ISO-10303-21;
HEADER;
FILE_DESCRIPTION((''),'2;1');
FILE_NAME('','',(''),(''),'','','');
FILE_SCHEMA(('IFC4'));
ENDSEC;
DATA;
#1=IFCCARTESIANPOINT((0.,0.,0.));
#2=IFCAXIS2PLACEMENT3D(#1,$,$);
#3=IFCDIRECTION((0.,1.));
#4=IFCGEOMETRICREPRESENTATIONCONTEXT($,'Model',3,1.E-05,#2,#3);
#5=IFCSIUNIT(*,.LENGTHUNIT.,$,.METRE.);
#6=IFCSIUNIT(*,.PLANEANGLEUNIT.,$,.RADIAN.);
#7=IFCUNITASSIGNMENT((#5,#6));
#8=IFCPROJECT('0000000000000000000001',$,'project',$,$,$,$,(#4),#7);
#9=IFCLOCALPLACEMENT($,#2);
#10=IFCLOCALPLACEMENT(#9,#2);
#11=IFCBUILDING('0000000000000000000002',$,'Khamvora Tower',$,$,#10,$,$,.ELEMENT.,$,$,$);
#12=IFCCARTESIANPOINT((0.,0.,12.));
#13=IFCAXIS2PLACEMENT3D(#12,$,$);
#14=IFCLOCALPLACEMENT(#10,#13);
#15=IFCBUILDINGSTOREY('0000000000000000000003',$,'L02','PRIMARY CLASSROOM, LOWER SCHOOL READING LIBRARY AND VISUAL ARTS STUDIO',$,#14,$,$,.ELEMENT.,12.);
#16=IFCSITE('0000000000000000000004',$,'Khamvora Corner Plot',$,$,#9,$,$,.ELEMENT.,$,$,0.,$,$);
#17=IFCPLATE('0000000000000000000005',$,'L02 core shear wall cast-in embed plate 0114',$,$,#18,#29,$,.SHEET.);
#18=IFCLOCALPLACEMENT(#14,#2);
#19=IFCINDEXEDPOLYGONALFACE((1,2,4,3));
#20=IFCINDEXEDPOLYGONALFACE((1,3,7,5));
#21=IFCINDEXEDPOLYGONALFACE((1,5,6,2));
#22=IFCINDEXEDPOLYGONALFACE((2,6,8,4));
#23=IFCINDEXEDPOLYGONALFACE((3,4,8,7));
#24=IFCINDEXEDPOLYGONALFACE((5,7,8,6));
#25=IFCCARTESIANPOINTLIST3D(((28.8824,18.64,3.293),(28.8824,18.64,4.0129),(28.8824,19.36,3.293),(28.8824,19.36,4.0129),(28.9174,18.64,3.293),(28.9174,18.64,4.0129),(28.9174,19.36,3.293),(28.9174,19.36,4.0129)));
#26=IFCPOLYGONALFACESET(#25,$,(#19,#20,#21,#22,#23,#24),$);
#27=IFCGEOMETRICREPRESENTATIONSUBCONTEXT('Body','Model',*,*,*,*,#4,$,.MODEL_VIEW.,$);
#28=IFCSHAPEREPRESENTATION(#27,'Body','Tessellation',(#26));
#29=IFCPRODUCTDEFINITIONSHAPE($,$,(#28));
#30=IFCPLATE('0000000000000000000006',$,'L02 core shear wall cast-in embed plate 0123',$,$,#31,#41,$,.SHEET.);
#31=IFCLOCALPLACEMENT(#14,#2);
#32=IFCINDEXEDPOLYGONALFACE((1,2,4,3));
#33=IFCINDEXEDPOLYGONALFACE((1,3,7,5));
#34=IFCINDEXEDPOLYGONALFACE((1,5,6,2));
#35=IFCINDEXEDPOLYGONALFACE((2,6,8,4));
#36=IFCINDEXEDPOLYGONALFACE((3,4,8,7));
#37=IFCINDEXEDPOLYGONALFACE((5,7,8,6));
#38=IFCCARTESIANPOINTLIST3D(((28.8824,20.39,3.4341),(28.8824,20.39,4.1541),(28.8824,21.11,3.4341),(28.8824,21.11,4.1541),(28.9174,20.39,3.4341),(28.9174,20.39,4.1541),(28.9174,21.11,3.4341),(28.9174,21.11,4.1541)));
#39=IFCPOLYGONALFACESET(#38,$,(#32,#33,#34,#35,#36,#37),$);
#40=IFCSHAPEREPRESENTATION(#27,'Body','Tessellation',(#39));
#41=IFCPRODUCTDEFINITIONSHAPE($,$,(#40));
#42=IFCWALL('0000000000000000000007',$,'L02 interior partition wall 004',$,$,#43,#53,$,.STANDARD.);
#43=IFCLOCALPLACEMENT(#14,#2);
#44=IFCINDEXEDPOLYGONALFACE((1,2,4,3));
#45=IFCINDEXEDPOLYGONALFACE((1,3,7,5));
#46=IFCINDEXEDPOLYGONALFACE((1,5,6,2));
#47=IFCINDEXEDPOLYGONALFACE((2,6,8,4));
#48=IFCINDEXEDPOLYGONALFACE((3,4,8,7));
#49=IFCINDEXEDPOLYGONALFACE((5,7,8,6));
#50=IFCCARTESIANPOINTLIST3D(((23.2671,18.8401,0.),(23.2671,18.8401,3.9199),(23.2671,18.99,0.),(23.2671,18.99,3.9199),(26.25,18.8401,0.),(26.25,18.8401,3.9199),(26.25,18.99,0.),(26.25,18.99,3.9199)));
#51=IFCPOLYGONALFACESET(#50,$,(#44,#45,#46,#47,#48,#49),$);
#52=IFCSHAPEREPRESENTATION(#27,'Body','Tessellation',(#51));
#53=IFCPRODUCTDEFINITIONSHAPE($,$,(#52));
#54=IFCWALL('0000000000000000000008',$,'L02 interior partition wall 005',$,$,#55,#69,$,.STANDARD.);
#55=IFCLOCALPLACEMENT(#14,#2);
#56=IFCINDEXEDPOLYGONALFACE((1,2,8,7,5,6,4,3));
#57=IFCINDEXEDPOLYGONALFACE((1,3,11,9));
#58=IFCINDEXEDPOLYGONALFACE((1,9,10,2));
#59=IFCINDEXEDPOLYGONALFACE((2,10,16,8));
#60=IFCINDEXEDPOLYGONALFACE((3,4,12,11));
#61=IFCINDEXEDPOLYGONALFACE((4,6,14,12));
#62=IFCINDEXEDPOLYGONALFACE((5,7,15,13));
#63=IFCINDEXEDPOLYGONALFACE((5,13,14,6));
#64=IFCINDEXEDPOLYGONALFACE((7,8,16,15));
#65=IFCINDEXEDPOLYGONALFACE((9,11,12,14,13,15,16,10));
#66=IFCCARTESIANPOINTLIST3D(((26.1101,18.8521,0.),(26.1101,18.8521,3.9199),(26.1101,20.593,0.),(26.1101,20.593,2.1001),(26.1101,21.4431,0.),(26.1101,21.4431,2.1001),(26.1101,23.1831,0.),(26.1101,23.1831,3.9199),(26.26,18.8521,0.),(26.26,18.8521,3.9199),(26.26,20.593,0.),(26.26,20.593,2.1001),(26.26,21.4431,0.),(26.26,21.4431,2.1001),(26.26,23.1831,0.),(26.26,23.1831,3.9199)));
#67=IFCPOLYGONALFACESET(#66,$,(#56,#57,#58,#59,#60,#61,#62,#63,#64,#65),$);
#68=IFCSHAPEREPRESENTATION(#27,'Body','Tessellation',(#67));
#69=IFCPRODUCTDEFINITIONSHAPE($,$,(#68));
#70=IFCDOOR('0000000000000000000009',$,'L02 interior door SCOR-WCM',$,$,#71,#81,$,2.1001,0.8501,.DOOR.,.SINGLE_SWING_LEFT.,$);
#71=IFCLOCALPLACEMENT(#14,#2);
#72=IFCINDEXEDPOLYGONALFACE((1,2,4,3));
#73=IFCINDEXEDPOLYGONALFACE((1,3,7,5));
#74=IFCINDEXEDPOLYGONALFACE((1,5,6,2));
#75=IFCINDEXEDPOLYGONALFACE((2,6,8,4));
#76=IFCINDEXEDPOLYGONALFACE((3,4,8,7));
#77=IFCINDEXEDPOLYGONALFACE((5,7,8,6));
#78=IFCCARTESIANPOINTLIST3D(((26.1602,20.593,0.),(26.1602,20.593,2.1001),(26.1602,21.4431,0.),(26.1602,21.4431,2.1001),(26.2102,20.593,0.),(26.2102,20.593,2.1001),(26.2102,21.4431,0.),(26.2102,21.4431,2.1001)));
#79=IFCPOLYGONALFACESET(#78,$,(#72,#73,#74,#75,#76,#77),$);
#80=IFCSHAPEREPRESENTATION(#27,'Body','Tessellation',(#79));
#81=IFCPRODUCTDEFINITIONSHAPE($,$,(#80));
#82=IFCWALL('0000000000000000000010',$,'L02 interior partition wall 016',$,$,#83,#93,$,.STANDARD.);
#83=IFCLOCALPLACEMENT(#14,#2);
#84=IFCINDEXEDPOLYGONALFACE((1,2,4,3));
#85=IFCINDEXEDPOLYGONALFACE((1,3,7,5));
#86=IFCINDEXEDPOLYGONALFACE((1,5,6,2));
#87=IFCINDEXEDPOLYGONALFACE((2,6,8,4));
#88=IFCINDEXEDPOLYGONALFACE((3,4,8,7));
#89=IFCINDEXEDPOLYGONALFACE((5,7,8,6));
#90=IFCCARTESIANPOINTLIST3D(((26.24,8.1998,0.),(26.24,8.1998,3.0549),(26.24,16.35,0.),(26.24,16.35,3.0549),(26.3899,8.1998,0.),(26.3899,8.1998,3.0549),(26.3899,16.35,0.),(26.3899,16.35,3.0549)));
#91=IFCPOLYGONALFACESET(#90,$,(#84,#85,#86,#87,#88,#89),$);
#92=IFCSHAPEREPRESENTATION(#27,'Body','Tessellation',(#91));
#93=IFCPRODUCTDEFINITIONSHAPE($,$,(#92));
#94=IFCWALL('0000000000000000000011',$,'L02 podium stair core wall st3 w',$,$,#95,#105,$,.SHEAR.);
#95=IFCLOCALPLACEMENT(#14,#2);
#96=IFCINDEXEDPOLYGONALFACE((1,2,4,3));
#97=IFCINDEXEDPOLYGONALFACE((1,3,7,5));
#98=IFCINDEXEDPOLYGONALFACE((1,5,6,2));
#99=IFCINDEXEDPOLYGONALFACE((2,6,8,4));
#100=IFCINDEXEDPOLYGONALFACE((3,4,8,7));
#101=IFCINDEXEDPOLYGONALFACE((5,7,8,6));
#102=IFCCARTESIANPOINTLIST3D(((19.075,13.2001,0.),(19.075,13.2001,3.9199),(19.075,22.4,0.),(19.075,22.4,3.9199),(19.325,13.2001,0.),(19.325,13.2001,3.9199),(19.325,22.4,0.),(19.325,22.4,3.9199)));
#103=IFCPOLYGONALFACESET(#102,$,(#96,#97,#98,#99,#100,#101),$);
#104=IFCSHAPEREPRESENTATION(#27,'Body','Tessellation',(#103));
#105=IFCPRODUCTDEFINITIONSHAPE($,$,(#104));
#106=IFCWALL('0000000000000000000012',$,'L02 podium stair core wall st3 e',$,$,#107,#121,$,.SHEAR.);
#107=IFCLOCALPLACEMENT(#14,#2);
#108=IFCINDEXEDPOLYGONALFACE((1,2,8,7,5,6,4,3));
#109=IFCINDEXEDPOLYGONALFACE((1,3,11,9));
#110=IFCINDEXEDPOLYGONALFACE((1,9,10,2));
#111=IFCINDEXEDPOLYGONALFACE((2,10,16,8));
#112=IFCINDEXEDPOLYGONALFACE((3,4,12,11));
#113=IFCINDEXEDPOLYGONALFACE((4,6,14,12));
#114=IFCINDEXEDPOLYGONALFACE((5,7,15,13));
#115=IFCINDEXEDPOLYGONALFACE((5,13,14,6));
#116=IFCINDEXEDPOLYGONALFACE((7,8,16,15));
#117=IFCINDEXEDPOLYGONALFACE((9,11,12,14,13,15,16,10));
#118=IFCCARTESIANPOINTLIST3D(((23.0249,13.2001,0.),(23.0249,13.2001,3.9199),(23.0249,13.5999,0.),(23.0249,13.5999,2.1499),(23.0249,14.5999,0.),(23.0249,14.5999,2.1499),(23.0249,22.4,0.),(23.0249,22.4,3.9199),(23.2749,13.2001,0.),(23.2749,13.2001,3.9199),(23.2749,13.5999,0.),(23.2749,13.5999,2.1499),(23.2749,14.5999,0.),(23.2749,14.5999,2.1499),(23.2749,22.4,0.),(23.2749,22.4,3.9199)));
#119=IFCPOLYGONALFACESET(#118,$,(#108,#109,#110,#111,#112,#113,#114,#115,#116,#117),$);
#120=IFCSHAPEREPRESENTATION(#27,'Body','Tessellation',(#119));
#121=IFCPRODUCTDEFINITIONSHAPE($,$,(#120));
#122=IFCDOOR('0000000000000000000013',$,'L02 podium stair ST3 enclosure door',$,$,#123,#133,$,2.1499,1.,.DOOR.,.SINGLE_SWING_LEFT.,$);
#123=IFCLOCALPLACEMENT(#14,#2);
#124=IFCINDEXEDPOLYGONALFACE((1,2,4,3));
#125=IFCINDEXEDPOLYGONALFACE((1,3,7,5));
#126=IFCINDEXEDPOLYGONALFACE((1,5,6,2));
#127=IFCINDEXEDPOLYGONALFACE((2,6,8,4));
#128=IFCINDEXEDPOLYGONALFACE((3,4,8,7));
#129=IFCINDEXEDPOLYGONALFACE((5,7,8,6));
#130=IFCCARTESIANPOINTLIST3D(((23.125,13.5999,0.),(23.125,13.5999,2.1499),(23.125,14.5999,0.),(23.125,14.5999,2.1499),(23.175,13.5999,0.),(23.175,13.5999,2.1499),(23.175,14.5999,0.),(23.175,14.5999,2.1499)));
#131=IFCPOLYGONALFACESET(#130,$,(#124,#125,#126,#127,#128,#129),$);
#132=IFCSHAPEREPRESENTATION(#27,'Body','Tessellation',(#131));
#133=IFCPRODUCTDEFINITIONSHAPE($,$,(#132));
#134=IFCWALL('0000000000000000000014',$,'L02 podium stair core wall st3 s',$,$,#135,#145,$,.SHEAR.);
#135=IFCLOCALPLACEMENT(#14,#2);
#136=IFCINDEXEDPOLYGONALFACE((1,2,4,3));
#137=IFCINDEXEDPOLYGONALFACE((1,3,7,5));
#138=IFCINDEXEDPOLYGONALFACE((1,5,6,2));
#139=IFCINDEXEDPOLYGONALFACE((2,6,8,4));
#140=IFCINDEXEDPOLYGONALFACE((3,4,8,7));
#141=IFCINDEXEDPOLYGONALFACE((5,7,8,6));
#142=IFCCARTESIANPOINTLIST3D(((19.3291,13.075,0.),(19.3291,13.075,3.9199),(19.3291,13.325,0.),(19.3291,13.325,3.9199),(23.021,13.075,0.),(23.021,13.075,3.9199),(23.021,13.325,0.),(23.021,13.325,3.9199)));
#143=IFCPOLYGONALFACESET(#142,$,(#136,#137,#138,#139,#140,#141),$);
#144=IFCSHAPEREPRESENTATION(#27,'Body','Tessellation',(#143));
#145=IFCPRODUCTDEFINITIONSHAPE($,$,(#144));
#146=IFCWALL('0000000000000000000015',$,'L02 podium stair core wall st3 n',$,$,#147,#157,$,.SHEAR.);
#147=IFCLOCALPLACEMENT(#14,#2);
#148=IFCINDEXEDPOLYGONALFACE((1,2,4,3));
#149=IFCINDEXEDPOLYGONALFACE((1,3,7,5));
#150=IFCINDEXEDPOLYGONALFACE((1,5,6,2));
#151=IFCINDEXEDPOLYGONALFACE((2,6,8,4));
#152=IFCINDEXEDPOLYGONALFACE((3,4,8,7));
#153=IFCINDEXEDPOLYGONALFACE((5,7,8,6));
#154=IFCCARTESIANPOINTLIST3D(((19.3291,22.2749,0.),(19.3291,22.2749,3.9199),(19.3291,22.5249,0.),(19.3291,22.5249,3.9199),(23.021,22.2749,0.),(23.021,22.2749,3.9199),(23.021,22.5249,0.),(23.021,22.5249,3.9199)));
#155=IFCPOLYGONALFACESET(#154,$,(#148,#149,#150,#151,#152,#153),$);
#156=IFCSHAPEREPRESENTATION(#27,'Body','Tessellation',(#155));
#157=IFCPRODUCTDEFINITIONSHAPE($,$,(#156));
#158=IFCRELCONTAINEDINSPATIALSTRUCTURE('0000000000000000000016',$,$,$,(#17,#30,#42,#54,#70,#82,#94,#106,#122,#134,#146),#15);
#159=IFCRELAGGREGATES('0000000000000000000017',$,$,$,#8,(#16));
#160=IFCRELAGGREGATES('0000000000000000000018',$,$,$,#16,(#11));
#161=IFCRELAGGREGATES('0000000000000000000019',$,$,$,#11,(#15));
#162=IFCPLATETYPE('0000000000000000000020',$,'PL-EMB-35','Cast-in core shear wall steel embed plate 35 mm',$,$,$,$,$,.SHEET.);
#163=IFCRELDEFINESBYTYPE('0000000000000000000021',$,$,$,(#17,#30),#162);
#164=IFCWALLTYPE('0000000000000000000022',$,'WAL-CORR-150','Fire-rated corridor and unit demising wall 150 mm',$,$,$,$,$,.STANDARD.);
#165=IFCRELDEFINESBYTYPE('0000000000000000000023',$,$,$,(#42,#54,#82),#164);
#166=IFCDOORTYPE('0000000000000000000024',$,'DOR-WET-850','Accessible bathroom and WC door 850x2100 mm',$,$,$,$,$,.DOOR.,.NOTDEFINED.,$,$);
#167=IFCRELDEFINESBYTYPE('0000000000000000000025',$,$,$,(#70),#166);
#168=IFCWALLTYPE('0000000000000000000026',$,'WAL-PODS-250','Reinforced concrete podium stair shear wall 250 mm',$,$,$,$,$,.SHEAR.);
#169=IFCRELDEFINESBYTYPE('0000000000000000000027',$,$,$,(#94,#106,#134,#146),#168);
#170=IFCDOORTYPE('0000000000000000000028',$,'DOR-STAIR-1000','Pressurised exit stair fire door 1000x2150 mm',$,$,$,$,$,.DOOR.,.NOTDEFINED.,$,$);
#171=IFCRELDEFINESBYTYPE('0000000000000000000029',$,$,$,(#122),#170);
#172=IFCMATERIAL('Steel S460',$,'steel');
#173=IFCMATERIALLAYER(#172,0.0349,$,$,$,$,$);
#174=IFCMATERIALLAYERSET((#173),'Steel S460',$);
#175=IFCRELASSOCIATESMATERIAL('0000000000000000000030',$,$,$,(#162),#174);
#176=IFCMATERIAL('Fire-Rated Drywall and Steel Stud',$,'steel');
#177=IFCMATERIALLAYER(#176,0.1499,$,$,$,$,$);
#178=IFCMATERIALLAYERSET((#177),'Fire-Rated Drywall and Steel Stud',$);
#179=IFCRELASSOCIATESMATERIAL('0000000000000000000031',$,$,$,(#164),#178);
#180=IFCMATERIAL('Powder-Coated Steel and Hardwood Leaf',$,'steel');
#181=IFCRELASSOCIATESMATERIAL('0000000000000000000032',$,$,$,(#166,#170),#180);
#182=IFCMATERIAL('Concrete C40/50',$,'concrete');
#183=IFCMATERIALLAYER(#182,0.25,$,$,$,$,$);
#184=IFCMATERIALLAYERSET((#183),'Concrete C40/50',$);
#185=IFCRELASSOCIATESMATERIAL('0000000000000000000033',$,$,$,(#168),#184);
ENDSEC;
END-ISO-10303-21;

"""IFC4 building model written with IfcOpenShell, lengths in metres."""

from ifc_helpers import new_model, si_unit, direction, frame, frame_2d, origin, origin_2d, place, context, subcontext, project, spatial, rectangle, extrude, material, layer, layer_set, type_object, element, fill, save


model = new_model("IFC4")

# Units and contexts
model_context = context("Model", 3, precision=1e-05, world=origin(), true_north=direction((0.0, 1.0)))
body_context = subcontext(model_context, "Body", "Model", "MODEL_VIEW")
ifc_project = project(units=[si_unit("LENGTHUNIT", "METRE"), si_unit("PLANEANGLEUNIT", "RADIAN")], contexts=[model_context])

# Site, building, storey
site_placement = place(None, origin())
site = spatial("IfcSite", under=ifc_project, at=site_placement, Name="Khamvora Corner Plot", CompositionType="ELEMENT", RefElevation=0.0)
building_placement = place(site_placement, origin())
building = spatial("IfcBuilding", under=site, at=building_placement, Name="Khamvora Tower", CompositionType="ELEMENT")
storey_placement = place(building_placement, frame((0.0, 0.0, 12.0)))
storey = spatial("IfcBuildingStorey", under=building, at=storey_placement, Name="L02", Description="PRIMARY CLASSROOM, LOWER SCHOOL READING LIBRARY AND VISUAL ARTS STUDIO", CompositionType="ELEMENT", Elevation=12.0)

# Shared definitions
ifc_material_1 = material(Name="Steel S460", Category="steel")

# Plates
ifc_layer_1 = layer(ifc_material_1, 0.0349)
ifc_layer_set_1 = layer_set([ifc_layer_1], Name="Steel S460")
plate_type = type_object("IfcPlateType", Name="PL-EMB-35", Description="Cast-in core shear wall steel embed plate 35 mm", PredefinedType="SHEET", material=ifc_layer_set_1)
for number, where, z_axis, x_axis, name in (
    (1, (28.8999, 19.0, 3.293), (0.0, 0.0, 1.0), (1.0, 0.0, 0.0), "L02 core shear wall cast-in embed plate 0114"),
    (2, (28.8999, 20.75, 3.4341), (0.0, 0.0, 1.0), (1.0, 0.0, 0.0), "L02 core shear wall cast-in embed plate 0123"),
):
    element("IfcPlate", number, at=place(storey_placement, frame(where, z_axis=z_axis, x_axis=x_axis)), inside=storey, type_object=plate_type, Name=name, PredefinedType="SHEET", context=body_context, shape_type="SweptSolid", body=[
        extrude(rectangle(XDim=0.0349, YDim=0.72, at=origin_2d()), origin(), (0.0, 0.0, 1.0), 0.72),
    ])

# Wall
ifc_material_2 = material(Name="Fire-Rated Drywall and Steel Stud", Category="steel")
ifc_layer_2 = layer(ifc_material_2, 0.1499)
ifc_layer_set_2 = layer_set([ifc_layer_2], Name="Fire-Rated Drywall and Steel Stud")
wall_type_1 = type_object("IfcWallType", Name="WAL-CORR-150", Description="Fire-rated corridor and unit demising wall 150 mm", PredefinedType="STANDARD", material=ifc_layer_set_2)
wall_1_placement = place(storey_placement, frame((23.2671, 18.915, 0.0), z_axis=(0.0, 0.0, 1.0), x_axis=(1.0, 0.0, 0.0)))
element("IfcWall", 3, at=wall_1_placement, inside=storey, type_object=wall_type_1, Name="L02 interior partition wall 004", PredefinedType="STANDARD", context=body_context, shape_type="SweptSolid", body=[
    extrude(rectangle(XDim=2.9829, YDim=0.1499, at=frame_2d((1.4915, 0.0))), origin(), (0.0, 0.0, 1.0), 3.9199),
])

# Wall, opening, door
wall_2_placement = place(storey_placement, frame((26.1851, 18.8521, 0.0), z_axis=(0.0, 0.0, 1.0), x_axis=(0.0, 1.0, 0.0)))
wall_2 = element("IfcWall", 4, at=wall_2_placement, inside=storey, type_object=wall_type_1, Name="L02 interior partition wall 005", PredefinedType="STANDARD", context=body_context, shape_type="SweptSolid", body=[
    extrude(rectangle(XDim=4.3311, YDim=0.1499, at=frame_2d((2.1655, 0.0))), origin(), (0.0, 0.0, 1.0), 3.9199),
])
opening_1_placement = place(wall_2_placement, frame((1.741, 0.0, 0.0)))
opening_1 = element("IfcOpeningElement", 5, at=opening_1_placement, cuts=wall_2, PredefinedType="OPENING", context=body_context, shape_type="SweptSolid", body=[
    extrude(rectangle(XDim=0.8501, YDim=2.1001, at=frame_2d((0.425, 1.05))), frame((0.0, 0.085, 0.0), z_axis=(0.0, -1.0, 0.0), x_axis=(1.0, 0.0, 0.0)), (0.0, 0.0, 1.0), 0.1699),
])
ifc_material_3 = material(Name="Powder-Coated Steel and Hardwood Leaf", Category="steel")
door_type_1 = type_object("IfcDoorType", Name="DOR-WET-850", Description="Accessible bathroom and WC door 850x2100 mm", OperationType="NOTDEFINED", PredefinedType="DOOR", material=ifc_material_3)
door_1_placement = place(opening_1_placement, origin())
door_1 = element("IfcDoor", 6, at=door_1_placement, inside=storey, type_object=door_type_1, Name="L02 interior door SCOR-WCM", OperationType="SINGLE_SWING_LEFT", OverallHeight=2.1001, OverallWidth=0.8501, PredefinedType="DOOR", context=body_context, shape_type="SweptSolid", body=[
    extrude(rectangle(XDim=0.8501, YDim=2.1001, at=frame_2d((0.425, 1.05))), frame((0.0, 0.0249, 0.0), z_axis=(0.0, -1.0, 0.0), x_axis=(1.0, 0.0, 0.0)), (0.0, 0.0, 1.0), 0.05),
])
fill(opening_1, door_1)

# Walls
wall_3_placement = place(storey_placement, frame((26.3149, 16.3501, 0.0), z_axis=(0.0, 0.0, 1.0), x_axis=(0.0, -1.0, 0.0)))
element("IfcWall", 7, at=wall_3_placement, inside=storey, type_object=wall_type_1, Name="L02 interior partition wall 016", PredefinedType="STANDARD", context=body_context, shape_type="SweptSolid", body=[
    extrude(rectangle(XDim=8.1501, YDim=0.1499, at=frame_2d((4.0752, 0.0))), origin(), (0.0, 0.0, 1.0), 3.0549),
])
ifc_material_4 = material(Name="Concrete C40/50", Category="concrete")
ifc_layer_3 = layer(ifc_material_4, 0.25)
ifc_layer_set_3 = layer_set([ifc_layer_3], Name="Concrete C40/50")
wall_type_2 = type_object("IfcWallType", Name="WAL-PODS-250", Description="Reinforced concrete podium stair shear wall 250 mm", PredefinedType="SHEAR", material=ifc_layer_set_3)
wall_4_placement = place(storey_placement, frame((19.2, 13.2, 0.0), z_axis=(0.0, 0.0, 1.0), x_axis=(0.0, 1.0, 0.0)))
element("IfcWall", 8, at=wall_4_placement, inside=storey, type_object=wall_type_2, Name="L02 podium stair core wall st3 w", PredefinedType="SHEAR", context=body_context, shape_type="SweptSolid", body=[
    extrude(rectangle(XDim=9.2, YDim=0.25, at=frame_2d((4.6001, 0.0))), origin(), (0.0, 0.0, 1.0), 3.9199),
])

# Wall, opening, door
wall_5_placement = place(storey_placement, frame((23.1499, 13.2, 0.0), z_axis=(0.0, 0.0, 1.0), x_axis=(0.0, 1.0, 0.0)))
wall_5 = element("IfcWall", 9, at=wall_5_placement, inside=storey, type_object=wall_type_2, Name="L02 podium stair core wall st3 e", PredefinedType="SHEAR", context=body_context, shape_type="SweptSolid", body=[
    extrude(rectangle(XDim=9.2, YDim=0.25, at=frame_2d((4.6001, 0.0))), origin(), (0.0, 0.0, 1.0), 3.9199),
])
opening_2_placement = place(wall_5_placement, frame((0.3999, 0.0, 0.0)))
opening_2 = element("IfcOpeningElement", 10, at=opening_2_placement, cuts=wall_5, PredefinedType="OPENING", context=body_context, shape_type="SweptSolid", body=[
    extrude(rectangle(XDim=1.0, YDim=2.1499, at=frame_2d((0.5, 1.075))), frame((0.0, 0.135, 0.0), z_axis=(0.0, -1.0, 0.0), x_axis=(1.0, 0.0, 0.0)), (0.0, 0.0, 1.0), 0.27),
])
door_type_2 = type_object("IfcDoorType", Name="DOR-STAIR-1000", Description="Pressurised exit stair fire door 1000x2150 mm", OperationType="NOTDEFINED", PredefinedType="DOOR", material=ifc_material_3)
door_2_placement = place(opening_2_placement, origin())
door_2 = element("IfcDoor", 11, at=door_2_placement, inside=storey, type_object=door_type_2, Name="L02 podium stair ST3 enclosure door", OperationType="SINGLE_SWING_LEFT", OverallHeight=2.1499, OverallWidth=1.0, PredefinedType="DOOR", context=body_context, shape_type="SweptSolid", body=[
    extrude(rectangle(XDim=1.0, YDim=2.1499, at=frame_2d((0.5, 1.075))), frame((0.0, 0.0249, 0.0), z_axis=(0.0, -1.0, 0.0), x_axis=(1.0, 0.0, 0.0)), (0.0, 0.0, 1.0), 0.05),
])
fill(opening_2, door_2)

# Walls
for number, where, z_axis, x_axis, name in (
    (12, (19.3291, 13.2, 0.0), (0.0, 0.0, 1.0), (1.0, 0.0, 0.0), "L02 podium stair core wall st3 s"),
    (13, (19.3291, 22.3999, 0.0), (0.0, 0.0, 1.0), (1.0, 0.0, 0.0), "L02 podium stair core wall st3 n"),
):
    element("IfcWall", number, at=place(storey_placement, frame(where, z_axis=z_axis, x_axis=x_axis)), inside=storey, type_object=wall_type_2, Name=name, PredefinedType="SHEAR", context=body_context, shape_type="SweptSolid", body=[
        extrude(rectangle(XDim=3.6919, YDim=0.25, at=frame_2d((1.8459, 0.0))), origin(), (0.0, 0.0, 1.0), 3.9199),
    ])

save(model, "model.ifc")
